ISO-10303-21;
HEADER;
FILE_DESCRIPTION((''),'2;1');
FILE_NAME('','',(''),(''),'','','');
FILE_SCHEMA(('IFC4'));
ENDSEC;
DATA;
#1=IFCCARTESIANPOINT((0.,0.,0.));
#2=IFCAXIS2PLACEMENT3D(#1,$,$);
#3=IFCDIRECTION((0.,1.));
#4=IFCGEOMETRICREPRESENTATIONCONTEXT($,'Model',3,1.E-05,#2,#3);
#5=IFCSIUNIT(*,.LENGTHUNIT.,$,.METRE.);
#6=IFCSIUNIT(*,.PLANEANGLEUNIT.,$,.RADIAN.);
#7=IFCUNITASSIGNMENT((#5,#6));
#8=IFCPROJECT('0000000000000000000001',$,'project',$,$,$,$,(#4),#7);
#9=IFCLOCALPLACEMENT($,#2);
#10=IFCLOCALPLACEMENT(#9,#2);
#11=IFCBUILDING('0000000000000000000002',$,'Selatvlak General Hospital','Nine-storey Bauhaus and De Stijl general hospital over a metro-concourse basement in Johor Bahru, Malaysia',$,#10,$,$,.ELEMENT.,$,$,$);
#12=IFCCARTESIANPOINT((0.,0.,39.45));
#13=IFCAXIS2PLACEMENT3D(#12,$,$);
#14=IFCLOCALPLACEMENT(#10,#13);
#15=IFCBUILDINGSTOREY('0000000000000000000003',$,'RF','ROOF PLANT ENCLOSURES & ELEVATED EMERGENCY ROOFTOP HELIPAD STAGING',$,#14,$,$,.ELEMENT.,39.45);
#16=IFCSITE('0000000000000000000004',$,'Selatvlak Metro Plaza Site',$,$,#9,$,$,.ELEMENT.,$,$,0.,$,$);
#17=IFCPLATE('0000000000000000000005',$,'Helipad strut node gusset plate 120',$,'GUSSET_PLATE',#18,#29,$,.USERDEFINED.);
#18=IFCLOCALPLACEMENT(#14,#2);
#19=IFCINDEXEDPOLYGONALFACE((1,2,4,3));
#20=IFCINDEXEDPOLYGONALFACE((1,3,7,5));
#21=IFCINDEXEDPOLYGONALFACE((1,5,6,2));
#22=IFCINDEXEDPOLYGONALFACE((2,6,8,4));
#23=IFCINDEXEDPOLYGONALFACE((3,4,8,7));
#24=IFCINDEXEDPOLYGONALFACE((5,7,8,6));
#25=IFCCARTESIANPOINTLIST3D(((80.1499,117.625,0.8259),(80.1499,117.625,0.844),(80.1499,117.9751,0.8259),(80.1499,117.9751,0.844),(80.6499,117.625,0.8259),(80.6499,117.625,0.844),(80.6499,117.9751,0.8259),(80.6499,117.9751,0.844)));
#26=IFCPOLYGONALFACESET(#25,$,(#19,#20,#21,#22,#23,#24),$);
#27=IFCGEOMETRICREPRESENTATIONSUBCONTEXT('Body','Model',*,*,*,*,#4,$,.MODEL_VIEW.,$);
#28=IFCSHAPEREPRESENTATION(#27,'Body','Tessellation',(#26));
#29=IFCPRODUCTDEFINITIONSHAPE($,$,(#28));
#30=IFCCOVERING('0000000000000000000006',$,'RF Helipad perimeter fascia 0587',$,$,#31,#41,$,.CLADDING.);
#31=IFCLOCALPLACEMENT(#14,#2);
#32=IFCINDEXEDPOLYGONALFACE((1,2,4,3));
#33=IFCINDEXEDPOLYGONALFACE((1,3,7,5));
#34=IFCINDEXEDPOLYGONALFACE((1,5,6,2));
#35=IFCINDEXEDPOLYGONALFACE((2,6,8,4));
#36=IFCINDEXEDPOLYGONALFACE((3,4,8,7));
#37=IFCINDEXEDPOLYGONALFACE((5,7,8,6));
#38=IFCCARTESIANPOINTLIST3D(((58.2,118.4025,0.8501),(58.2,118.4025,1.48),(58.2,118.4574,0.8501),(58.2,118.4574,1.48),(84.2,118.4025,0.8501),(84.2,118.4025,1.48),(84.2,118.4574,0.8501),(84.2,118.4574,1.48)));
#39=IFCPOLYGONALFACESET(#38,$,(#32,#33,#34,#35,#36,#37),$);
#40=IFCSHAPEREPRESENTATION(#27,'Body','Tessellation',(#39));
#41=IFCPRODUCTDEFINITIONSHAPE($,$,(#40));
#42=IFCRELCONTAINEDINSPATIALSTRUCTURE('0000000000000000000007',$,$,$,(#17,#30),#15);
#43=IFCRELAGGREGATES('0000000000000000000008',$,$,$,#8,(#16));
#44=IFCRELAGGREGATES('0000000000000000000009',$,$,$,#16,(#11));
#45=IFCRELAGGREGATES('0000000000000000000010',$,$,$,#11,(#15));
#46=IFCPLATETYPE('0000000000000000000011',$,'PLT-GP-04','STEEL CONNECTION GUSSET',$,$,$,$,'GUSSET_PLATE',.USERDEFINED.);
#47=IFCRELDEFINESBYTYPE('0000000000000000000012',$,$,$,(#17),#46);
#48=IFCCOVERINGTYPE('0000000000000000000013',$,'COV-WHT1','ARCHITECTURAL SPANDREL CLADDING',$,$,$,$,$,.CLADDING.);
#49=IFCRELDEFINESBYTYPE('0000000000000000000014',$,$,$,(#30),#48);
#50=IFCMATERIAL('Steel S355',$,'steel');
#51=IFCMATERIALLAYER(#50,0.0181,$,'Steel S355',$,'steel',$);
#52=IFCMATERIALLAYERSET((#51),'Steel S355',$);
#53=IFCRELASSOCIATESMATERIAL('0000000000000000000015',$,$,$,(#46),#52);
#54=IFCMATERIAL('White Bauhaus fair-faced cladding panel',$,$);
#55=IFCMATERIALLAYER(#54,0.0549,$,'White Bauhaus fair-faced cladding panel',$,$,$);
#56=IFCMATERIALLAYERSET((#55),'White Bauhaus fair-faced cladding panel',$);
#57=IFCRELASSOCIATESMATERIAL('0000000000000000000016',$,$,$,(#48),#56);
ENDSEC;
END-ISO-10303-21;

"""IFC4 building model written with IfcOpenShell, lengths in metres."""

from ifc_helpers import new_model, si_unit, direction, frame, origin, origin_2d, place, context, subcontext, project, spatial, rectangle, extrude, material, layer, layer_set, type_object, element, save


model = new_model("IFC4")

# Units and contexts
model_context = context("Model", 3, precision=1e-05, world=origin(), true_north=direction((0.0, 1.0)))
body_context = subcontext(model_context, "Body", "Model", "MODEL_VIEW")
ifc_project = project(units=[si_unit("LENGTHUNIT", "METRE"), si_unit("PLANEANGLEUNIT", "RADIAN")], contexts=[model_context])

# Site, building, storey
site_placement = place(None, origin())
site = spatial("IfcSite", under=ifc_project, at=site_placement, Name="Selatvlak Metro Plaza Site", CompositionType="ELEMENT", RefElevation=0.0)
building_placement = place(site_placement, origin())
building = spatial("IfcBuilding", under=site, at=building_placement, Name="Selatvlak General Hospital", Description="Nine-storey Bauhaus and De Stijl general hospital over a metro-concourse basement in Johor Bahru, Malaysia", CompositionType="ELEMENT")
storey_placement = place(building_placement, frame((0.0, 0.0, 39.45)))
storey = spatial("IfcBuildingStorey", under=building, at=storey_placement, Name="RF", Description="ROOF PLANT ENCLOSURES & ELEVATED EMERGENCY ROOFTOP HELIPAD STAGING", CompositionType="ELEMENT", Elevation=39.45)

# Shared definitions
ifc_material_1 = material(Name="Steel S355", Category="steel")

# Plate
ifc_layer_1 = layer(ifc_material_1, 0.0181, Name="Steel S355", Category="steel")
ifc_layer_set_1 = layer_set([ifc_layer_1], Name="Steel S355")
plate_type_1 = type_object("IfcPlateType", Name="PLT-GP-04", Description="STEEL CONNECTION GUSSET", ElementType="GUSSET_PLATE", PredefinedType="USERDEFINED", material=ifc_layer_set_1)
plate_placement = place(storey_placement, frame((80.3999, 117.8, 0.8259), z_axis=(0.0, 0.0, 1.0), x_axis=(1.0, 0.0, 0.0)))
element("IfcPlate", 1, at=plate_placement, inside=storey, type_object=plate_type_1, Name="Helipad strut node gusset plate 120", ObjectType="GUSSET_PLATE", PredefinedType="USERDEFINED", context=body_context, shape_type="SweptSolid", body=[
    extrude(rectangle(XDim=0.5, YDim=0.3501, at=origin_2d()), origin(), (0.0, 0.0, 1.0), 0.0181),
])

# Covering
ifc_material_2 = material(Name="White Bauhaus fair-faced cladding panel")
ifc_layer_2 = layer(ifc_material_2, 0.0549, Name="White Bauhaus fair-faced cladding panel")
ifc_layer_set_2 = layer_set([ifc_layer_2], Name="White Bauhaus fair-faced cladding panel")
covering_type = type_object("IfcCoveringType", Name="COV-WHT1", Description="ARCHITECTURAL SPANDREL CLADDING", PredefinedType="CLADDING", material=ifc_layer_set_2)
covering_placement = place(storey_placement, frame((71.2, 118.4299, 0.8501), z_axis=(0.0, 0.0, 1.0), x_axis=(-1.0, 0.0, 0.0)))
element("IfcCovering", 2, at=covering_placement, inside=storey, type_object=covering_type, Name="RF Helipad perimeter fascia 0587", PredefinedType="CLADDING", context=body_context, shape_type="SweptSolid", body=[
    extrude(rectangle(XDim=26.0, YDim=0.0549, at=origin_2d()), origin(), (0.0, 0.0, 1.0), 0.6299),
])

save(model, "model.ifc")
